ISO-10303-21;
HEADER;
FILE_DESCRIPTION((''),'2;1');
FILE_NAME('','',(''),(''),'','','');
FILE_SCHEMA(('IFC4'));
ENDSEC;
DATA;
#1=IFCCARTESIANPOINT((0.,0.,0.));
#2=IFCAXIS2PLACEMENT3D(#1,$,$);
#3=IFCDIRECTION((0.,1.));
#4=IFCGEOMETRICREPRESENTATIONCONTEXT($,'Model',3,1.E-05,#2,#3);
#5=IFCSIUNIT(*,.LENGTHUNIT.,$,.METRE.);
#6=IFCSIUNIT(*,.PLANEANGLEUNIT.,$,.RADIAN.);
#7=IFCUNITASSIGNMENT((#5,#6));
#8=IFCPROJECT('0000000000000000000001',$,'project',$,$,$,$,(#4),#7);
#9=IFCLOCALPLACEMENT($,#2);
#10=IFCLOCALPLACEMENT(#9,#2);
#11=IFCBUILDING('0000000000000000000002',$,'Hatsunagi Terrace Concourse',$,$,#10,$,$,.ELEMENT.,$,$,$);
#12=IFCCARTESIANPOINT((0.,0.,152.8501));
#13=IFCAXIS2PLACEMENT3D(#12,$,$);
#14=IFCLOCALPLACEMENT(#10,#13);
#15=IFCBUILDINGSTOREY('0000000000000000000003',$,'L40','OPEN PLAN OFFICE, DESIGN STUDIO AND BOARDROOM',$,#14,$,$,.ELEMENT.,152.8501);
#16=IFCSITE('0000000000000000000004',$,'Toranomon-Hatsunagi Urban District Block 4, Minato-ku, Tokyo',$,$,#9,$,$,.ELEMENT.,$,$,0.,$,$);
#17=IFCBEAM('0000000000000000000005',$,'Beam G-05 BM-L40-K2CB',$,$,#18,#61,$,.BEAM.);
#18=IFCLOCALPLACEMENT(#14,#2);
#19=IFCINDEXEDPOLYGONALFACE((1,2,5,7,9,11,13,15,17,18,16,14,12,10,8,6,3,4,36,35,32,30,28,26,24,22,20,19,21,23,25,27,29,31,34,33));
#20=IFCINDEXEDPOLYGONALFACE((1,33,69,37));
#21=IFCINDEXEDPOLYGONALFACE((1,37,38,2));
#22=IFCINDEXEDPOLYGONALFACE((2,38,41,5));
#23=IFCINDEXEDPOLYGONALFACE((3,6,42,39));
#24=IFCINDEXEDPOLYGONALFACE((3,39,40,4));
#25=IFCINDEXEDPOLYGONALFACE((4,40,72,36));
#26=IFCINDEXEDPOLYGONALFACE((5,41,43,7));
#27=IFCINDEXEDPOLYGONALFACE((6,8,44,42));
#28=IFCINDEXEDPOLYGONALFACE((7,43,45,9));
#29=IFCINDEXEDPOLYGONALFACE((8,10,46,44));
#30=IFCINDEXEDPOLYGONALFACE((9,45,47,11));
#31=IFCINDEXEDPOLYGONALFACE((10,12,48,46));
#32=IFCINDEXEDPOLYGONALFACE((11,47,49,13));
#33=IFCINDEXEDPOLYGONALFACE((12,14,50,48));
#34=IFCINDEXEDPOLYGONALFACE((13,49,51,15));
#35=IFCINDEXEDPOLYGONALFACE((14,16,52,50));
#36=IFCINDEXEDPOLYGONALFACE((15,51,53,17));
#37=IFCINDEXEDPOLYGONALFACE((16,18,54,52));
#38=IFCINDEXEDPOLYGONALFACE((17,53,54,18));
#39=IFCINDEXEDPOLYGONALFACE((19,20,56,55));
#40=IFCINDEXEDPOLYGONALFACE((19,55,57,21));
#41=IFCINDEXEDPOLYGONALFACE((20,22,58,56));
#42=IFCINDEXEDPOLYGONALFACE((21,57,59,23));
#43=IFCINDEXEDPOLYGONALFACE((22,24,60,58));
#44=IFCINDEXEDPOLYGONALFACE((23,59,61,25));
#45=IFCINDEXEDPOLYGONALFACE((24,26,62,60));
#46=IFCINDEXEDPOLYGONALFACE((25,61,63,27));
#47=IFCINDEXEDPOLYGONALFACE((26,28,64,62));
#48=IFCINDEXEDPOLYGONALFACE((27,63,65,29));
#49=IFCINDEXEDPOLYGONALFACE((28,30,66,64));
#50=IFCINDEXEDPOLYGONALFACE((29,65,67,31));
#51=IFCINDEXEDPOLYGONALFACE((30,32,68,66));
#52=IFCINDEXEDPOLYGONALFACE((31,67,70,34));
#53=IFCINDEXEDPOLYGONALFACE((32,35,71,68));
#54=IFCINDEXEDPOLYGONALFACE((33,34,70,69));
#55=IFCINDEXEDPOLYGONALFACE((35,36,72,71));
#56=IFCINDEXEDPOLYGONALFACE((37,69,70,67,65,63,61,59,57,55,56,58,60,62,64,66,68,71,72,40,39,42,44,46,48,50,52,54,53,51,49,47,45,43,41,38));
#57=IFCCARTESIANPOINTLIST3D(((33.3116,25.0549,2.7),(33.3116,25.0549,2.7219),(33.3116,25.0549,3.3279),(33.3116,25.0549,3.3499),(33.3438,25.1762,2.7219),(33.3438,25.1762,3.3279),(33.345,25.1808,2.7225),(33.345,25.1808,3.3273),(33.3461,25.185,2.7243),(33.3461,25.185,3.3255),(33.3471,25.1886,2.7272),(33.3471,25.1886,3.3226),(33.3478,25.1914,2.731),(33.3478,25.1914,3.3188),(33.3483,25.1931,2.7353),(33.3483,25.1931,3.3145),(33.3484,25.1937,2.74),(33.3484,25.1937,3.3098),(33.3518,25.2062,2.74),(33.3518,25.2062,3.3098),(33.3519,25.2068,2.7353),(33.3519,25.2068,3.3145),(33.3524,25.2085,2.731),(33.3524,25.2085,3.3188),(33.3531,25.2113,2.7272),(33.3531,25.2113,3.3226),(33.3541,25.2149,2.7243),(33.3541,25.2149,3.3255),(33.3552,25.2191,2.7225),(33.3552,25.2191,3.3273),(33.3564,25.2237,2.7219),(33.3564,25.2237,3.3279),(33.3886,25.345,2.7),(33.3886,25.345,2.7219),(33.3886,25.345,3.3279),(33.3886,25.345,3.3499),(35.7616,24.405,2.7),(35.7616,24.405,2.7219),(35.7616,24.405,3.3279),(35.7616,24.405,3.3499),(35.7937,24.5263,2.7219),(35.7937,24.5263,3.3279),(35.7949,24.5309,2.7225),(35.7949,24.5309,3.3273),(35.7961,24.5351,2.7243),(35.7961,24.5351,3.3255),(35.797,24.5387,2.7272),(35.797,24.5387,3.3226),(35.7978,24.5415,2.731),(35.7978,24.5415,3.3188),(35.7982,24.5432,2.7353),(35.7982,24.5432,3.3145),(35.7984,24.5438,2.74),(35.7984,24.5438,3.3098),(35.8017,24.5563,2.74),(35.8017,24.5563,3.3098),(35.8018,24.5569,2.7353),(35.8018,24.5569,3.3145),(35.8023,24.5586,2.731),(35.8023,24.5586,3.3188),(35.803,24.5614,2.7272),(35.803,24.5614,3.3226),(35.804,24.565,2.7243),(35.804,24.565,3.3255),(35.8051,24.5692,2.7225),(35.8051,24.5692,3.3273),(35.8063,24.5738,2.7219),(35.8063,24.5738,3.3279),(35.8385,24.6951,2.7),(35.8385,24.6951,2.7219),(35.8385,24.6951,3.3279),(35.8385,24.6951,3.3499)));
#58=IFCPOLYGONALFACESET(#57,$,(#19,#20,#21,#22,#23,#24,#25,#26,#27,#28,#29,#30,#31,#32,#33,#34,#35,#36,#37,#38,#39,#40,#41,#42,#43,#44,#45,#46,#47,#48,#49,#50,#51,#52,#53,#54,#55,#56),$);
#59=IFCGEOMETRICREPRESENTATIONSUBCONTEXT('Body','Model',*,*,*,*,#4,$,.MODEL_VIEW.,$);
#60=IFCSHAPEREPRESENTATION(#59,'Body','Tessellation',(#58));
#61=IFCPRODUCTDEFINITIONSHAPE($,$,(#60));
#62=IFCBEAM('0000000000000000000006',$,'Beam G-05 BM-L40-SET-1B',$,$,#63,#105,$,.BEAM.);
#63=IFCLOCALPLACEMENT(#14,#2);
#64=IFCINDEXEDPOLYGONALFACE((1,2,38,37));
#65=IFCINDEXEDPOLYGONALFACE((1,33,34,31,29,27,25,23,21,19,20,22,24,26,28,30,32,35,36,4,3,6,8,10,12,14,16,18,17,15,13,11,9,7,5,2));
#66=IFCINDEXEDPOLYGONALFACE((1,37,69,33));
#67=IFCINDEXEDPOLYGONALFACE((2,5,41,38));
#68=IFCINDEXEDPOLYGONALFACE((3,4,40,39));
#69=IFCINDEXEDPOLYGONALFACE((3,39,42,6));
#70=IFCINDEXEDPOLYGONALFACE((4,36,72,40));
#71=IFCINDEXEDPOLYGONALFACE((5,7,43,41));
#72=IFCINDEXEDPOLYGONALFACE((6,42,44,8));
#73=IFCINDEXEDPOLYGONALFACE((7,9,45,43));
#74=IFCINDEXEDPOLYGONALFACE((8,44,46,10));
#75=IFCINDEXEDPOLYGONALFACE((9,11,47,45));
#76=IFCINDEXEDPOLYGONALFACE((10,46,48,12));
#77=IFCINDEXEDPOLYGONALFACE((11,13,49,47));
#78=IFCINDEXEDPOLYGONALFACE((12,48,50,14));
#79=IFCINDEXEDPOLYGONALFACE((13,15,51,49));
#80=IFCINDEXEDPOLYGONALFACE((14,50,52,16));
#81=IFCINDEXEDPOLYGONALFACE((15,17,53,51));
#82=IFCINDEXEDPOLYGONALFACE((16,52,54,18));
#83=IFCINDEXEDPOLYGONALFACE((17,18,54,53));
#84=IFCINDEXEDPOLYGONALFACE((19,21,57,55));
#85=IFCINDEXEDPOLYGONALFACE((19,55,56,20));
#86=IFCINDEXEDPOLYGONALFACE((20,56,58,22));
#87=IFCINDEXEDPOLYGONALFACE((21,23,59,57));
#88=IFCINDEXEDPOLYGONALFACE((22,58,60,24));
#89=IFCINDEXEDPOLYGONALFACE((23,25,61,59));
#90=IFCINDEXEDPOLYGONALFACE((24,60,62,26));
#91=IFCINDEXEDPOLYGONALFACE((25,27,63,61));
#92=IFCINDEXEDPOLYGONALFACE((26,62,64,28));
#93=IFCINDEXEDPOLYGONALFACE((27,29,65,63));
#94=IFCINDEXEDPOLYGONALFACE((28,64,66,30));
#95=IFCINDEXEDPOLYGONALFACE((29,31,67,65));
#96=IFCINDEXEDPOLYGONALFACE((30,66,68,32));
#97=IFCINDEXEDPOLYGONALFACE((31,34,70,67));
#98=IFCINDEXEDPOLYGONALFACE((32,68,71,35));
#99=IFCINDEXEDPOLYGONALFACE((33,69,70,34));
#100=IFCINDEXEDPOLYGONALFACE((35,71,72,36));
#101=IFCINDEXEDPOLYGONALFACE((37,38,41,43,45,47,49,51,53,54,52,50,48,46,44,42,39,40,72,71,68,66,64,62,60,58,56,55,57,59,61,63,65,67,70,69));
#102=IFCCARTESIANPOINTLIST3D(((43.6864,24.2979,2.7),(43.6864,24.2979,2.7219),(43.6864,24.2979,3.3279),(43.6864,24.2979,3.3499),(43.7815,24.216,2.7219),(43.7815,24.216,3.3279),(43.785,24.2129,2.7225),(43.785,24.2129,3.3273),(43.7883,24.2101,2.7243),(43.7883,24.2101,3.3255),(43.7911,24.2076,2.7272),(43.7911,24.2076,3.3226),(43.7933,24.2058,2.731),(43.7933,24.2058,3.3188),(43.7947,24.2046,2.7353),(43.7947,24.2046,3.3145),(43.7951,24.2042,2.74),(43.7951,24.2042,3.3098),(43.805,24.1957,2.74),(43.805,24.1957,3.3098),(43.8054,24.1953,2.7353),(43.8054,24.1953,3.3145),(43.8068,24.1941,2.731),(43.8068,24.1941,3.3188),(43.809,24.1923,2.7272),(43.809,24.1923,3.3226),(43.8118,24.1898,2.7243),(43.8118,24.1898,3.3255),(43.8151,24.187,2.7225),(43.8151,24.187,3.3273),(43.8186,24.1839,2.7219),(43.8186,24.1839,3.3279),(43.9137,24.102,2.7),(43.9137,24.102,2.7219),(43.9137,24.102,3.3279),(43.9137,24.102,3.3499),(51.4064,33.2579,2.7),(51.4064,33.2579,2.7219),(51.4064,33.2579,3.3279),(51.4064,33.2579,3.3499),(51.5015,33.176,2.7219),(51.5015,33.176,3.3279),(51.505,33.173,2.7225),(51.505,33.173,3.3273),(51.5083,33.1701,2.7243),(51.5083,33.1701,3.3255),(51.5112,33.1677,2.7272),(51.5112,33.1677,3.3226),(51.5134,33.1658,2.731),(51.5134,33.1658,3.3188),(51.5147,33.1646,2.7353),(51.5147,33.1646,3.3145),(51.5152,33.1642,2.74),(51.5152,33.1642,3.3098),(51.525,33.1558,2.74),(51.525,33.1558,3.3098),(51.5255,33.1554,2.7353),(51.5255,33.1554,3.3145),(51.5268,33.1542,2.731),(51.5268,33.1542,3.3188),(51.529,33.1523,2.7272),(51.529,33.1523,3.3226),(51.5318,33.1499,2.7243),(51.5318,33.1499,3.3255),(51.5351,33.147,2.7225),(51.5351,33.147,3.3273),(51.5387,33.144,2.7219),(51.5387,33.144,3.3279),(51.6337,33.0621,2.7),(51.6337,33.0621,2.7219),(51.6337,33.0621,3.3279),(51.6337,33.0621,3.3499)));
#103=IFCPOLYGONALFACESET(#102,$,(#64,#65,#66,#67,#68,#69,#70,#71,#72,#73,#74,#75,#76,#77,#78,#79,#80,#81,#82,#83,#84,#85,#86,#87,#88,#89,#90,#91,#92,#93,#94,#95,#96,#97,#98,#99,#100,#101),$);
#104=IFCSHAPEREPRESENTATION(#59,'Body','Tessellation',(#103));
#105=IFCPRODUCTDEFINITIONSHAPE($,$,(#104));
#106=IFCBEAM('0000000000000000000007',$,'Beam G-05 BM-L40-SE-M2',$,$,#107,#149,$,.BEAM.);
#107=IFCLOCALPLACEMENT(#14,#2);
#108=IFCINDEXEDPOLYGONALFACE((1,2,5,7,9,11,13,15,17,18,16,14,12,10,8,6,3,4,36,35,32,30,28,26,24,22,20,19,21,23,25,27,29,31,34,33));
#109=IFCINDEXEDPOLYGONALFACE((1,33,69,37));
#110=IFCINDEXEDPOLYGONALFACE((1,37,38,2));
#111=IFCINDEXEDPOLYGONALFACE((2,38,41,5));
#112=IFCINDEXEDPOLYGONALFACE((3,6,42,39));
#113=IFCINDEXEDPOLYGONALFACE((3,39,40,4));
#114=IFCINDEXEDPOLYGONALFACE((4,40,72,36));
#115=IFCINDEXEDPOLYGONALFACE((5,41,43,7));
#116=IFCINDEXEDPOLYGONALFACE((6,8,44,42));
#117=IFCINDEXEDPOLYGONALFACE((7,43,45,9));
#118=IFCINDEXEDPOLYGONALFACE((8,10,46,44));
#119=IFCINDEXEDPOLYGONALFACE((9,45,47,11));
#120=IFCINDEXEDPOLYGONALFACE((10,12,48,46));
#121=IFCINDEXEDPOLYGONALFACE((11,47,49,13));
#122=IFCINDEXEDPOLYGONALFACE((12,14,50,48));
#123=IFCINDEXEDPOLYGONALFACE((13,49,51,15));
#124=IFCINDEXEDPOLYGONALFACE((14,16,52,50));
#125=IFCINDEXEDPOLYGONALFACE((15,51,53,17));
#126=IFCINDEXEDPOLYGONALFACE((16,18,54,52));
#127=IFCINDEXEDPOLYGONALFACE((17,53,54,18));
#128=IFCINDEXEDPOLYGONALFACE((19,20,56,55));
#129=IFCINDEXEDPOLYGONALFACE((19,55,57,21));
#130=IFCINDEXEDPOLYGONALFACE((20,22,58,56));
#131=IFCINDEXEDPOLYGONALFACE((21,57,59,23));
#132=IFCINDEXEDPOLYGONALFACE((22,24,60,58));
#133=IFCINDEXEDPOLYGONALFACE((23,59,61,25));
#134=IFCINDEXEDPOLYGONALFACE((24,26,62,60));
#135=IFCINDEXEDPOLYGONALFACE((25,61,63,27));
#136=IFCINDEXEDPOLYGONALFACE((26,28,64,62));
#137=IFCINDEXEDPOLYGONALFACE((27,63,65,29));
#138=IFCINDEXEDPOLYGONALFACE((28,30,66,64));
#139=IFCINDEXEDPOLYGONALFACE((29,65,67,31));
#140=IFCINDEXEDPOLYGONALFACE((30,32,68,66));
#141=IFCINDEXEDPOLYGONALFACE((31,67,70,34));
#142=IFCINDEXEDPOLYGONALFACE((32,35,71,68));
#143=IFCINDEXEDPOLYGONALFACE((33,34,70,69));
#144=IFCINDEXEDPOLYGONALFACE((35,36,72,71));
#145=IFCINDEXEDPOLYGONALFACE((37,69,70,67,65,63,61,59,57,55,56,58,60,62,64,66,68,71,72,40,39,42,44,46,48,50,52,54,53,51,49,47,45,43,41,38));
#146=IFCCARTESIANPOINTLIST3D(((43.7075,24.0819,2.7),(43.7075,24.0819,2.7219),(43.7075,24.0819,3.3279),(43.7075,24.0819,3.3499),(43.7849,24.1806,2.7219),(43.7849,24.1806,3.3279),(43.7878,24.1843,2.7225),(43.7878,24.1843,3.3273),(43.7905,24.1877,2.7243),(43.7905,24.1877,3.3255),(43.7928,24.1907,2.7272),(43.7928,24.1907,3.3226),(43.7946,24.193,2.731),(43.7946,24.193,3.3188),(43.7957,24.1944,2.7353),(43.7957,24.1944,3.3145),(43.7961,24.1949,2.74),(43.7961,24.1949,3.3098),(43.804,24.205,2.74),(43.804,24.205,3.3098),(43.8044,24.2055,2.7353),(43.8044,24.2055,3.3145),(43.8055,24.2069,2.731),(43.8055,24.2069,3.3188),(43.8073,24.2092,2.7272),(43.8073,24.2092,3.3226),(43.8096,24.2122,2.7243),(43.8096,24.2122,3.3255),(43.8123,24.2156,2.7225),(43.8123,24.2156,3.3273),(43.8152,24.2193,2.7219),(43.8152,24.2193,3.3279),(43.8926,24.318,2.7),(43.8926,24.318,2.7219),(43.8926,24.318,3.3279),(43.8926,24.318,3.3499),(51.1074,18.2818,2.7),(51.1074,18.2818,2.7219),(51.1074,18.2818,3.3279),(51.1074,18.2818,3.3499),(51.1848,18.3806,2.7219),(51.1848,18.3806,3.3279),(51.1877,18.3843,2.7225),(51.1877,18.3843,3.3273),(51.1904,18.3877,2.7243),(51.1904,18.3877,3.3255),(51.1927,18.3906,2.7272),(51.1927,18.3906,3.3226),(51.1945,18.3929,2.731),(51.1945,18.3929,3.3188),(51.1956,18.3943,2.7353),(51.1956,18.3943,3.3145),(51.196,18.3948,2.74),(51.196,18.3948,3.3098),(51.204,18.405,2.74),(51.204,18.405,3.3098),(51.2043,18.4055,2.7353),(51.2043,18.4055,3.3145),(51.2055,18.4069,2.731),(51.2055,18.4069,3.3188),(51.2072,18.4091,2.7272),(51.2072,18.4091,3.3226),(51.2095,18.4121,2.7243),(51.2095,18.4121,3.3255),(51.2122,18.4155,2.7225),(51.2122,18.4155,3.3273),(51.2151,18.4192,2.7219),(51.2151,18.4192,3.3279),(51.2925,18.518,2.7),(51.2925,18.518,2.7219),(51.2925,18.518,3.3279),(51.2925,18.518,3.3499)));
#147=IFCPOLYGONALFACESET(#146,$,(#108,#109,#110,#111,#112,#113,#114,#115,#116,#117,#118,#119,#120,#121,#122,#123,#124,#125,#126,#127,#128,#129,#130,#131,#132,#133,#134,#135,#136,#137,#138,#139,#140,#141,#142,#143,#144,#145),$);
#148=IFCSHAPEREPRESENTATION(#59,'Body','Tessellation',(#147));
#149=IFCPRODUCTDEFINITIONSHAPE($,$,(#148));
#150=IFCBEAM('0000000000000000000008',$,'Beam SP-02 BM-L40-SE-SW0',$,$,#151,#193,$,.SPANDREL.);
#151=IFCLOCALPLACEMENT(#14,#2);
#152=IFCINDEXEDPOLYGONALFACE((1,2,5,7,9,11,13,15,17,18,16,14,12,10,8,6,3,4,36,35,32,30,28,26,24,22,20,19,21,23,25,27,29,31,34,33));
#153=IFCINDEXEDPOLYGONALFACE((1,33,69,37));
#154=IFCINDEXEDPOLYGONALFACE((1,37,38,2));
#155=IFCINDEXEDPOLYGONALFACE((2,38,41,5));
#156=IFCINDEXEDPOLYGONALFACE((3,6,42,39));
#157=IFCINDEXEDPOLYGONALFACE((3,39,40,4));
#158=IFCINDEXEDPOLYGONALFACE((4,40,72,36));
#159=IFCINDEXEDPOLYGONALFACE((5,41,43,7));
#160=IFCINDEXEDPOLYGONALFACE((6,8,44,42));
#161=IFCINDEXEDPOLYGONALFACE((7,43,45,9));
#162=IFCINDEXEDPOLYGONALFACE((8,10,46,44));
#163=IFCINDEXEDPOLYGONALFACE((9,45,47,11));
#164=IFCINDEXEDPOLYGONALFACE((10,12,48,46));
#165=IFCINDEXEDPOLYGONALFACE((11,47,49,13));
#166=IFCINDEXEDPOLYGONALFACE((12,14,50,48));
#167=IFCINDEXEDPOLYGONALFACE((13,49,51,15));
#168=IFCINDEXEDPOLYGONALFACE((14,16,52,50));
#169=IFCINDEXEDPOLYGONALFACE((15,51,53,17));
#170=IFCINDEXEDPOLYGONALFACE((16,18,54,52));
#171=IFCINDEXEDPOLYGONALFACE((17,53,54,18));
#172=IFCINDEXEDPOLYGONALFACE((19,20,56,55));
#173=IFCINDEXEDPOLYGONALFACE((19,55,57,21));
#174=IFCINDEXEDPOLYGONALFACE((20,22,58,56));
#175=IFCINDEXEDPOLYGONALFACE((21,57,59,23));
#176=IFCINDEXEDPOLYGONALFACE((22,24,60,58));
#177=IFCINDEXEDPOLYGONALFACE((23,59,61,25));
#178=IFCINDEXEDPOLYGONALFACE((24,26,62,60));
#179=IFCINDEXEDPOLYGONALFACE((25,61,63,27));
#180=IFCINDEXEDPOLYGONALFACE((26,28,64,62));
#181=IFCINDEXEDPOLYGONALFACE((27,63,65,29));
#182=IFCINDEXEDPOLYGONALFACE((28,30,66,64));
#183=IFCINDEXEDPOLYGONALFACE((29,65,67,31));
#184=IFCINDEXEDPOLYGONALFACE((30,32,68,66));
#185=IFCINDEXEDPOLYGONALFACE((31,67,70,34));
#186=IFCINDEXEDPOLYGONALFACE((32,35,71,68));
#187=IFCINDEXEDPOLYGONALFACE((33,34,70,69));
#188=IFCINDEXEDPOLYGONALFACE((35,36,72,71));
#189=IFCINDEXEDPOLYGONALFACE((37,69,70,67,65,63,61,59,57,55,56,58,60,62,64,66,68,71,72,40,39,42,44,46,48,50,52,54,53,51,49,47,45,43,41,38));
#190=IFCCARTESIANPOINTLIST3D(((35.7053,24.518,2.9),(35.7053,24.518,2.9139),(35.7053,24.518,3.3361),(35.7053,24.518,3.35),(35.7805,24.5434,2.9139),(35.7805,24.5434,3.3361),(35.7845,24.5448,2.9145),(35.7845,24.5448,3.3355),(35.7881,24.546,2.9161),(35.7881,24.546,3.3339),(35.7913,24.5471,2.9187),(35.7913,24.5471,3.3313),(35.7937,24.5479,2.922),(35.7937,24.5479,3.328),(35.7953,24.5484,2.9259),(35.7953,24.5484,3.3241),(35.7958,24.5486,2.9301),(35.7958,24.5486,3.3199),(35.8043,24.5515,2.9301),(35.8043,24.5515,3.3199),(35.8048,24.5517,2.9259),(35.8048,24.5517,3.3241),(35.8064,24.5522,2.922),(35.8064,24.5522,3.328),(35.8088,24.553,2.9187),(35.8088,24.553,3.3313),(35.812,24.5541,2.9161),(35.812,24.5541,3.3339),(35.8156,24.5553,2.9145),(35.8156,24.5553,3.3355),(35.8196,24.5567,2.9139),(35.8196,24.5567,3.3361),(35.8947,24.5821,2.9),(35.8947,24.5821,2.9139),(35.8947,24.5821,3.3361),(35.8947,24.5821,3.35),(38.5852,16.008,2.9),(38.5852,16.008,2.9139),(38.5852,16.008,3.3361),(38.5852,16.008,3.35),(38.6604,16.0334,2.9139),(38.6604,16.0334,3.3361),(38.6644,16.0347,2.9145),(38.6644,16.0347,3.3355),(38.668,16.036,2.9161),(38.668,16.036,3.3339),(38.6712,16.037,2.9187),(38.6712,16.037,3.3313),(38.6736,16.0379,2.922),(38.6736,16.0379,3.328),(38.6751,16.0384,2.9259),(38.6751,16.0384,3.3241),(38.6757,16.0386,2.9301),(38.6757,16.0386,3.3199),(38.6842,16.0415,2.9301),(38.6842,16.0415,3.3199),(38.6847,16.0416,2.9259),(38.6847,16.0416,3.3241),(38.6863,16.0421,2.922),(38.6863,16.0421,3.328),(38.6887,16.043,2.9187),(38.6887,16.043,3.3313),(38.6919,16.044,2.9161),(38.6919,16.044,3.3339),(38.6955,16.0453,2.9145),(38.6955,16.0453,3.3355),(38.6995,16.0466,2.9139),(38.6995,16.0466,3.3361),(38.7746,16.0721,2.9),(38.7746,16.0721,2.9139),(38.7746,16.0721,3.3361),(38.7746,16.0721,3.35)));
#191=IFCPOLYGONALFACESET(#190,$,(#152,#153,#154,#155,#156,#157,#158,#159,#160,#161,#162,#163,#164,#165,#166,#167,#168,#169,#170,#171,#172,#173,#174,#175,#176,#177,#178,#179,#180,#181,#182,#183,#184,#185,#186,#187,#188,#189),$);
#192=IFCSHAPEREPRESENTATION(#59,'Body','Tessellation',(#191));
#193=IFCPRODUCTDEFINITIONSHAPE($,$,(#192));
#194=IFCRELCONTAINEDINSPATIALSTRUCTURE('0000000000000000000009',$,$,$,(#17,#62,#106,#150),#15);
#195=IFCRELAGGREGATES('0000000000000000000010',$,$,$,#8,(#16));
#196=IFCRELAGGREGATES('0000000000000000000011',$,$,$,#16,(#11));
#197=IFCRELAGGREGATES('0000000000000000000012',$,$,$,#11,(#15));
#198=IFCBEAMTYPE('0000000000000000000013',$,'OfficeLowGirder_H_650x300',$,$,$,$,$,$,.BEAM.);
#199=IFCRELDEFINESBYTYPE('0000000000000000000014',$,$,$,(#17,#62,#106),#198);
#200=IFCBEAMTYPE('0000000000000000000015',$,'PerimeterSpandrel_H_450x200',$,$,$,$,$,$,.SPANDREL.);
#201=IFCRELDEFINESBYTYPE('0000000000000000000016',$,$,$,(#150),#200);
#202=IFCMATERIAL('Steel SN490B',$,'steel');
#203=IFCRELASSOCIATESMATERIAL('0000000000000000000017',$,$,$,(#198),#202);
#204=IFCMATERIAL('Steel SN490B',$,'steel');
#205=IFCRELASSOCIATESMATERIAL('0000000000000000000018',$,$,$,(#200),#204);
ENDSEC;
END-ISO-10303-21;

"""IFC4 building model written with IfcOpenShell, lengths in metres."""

from ifc_helpers import new_model, si_unit, direction, frame, origin, origin_2d, place, context, subcontext, project, spatial, i_section, extrude, material, material_profile, profile_set, type_object, element, save


model = new_model("IFC4")

# Units and contexts
model_context = context("Model", 3, precision=1e-05, world=origin(), true_north=direction((0.0, 1.0)))
body_context = subcontext(model_context, "Body", "Model", "MODEL_VIEW")
ifc_project = project(units=[si_unit("LENGTHUNIT", "METRE"), si_unit("PLANEANGLEUNIT", "RADIAN")], contexts=[model_context])

# Site, building, storey
site_placement = place(None, origin())
site = spatial("IfcSite", under=ifc_project, at=site_placement, Name="Toranomon-Hatsunagi Urban District Block 4, Minato-ku, Tokyo", CompositionType="ELEMENT", RefElevation=0.0)
building_placement = place(site_placement, origin())
building = spatial("IfcBuilding", under=site, at=building_placement, Name="Hatsunagi Terrace Concourse", CompositionType="ELEMENT")
storey_placement = place(building_placement, frame((0.0, 0.0, 152.8501)))
storey = spatial("IfcBuildingStorey", under=building, at=storey_placement, Name="L40", Description="OPEN PLAN OFFICE, DESIGN STUDIO AND BOARDROOM", CompositionType="ELEMENT", Elevation=152.8501)

# Beams
ifc_material_1 = material(Name="Steel SN490B", Category="steel")
ifc_material_profile_1 = material_profile(ifc_material_1, i_section(OverallWidth=0.3, OverallDepth=0.6499, WebThickness=0.0129, FlangeThickness=0.022, FilletRadius=0.0181, at=origin_2d()), Name="H-650x300x13x22")
ifc_profile_set_1 = profile_set([ifc_material_profile_1], Name="Steel SN490B")
beam_type_1 = type_object("IfcBeamType", Name="OfficeLowGirder_H_650x300", PredefinedType="BEAM", material=ifc_profile_set_1)
beam_1_placement = place(storey_placement, frame((33.3501, 25.2, 3.0249), z_axis=(0.96657, -0.256403, 0.0), x_axis=(0.256403, 0.96657, 0.0)))
element("IfcBeam", 1, at=beam_1_placement, inside=storey, type_object=beam_type_1, Name="Beam G-05 BM-L40-K2CB", PredefinedType="BEAM", context=body_context, shape_type="SweptSolid", body=[
    extrude(i_section(OverallWidth=0.3, OverallDepth=0.6499, WebThickness=0.0129, FlangeThickness=0.022, FilletRadius=0.0181, at=origin_2d()), origin(), (0.0, 0.0, 1.0), 2.5347),
])
beam_2_placement = place(storey_placement, frame((43.8, 24.2, 3.0249), z_axis=(0.652739, 0.757583, 0.0), x_axis=(-0.757583, 0.652739, 0.0)))
element("IfcBeam", 2, at=beam_2_placement, inside=storey, type_object=beam_type_1, Name="Beam G-05 BM-L40-SET-1B", PredefinedType="BEAM", context=body_context, shape_type="SweptSolid", body=[
    extrude(i_section(OverallWidth=0.3, OverallDepth=0.6499, WebThickness=0.0129, FlangeThickness=0.022, FilletRadius=0.0181, at=origin_2d()), origin(), (0.0, 0.0, 1.0), 11.8271),
])
beam_3_placement = place(storey_placement, frame((43.8, 24.2, 3.0249), z_axis=(0.787049, -0.61689, 0.0), x_axis=(0.61689, 0.787049, 0.0)))
element("IfcBeam", 3, at=beam_3_placement, inside=storey, type_object=beam_type_1, Name="Beam G-05 BM-L40-SE-M2", PredefinedType="BEAM", context=body_context, shape_type="SweptSolid", body=[
    extrude(i_section(OverallWidth=0.3, OverallDepth=0.6499, WebThickness=0.0129, FlangeThickness=0.022, FilletRadius=0.0181, at=origin_2d()), origin(), (0.0, 0.0, 1.0), 9.4021),
])
ifc_material_2 = material(Name="Steel SN490B", Category="steel")
ifc_material_profile_2 = material_profile(ifc_material_2, i_section(OverallWidth=0.2, OverallDepth=0.45, WebThickness=0.009, FlangeThickness=0.0139, FilletRadius=0.0161, at=origin_2d()), Name="H-450x200x9x14")
ifc_profile_set_2 = profile_set([ifc_material_profile_2], Name="Steel SN490B")
beam_type_2 = type_object("IfcBeamType", Name="PerimeterSpandrel_H_450x200", PredefinedType="SPANDREL", material=ifc_profile_set_2)
beam_4_placement = place(storey_placement, frame((35.8, 24.55, 3.125), z_axis=(0.320553, -0.94723, 0.0), x_axis=(0.94723, 0.320553, 0.0)))
element("IfcBeam", 4, at=beam_4_placement, inside=storey, type_object=beam_type_2, Name="Beam SP-02 BM-L40-SE-SW0", PredefinedType="SPANDREL", context=body_context, shape_type="SweptSolid", body=[
    extrude(i_section(OverallWidth=0.2, OverallDepth=0.45, WebThickness=0.009, FlangeThickness=0.0139, FilletRadius=0.0161, at=origin_2d()), origin(), (0.0, 0.0, 1.0), 8.9841),
])

save(model, "model.ifc")
